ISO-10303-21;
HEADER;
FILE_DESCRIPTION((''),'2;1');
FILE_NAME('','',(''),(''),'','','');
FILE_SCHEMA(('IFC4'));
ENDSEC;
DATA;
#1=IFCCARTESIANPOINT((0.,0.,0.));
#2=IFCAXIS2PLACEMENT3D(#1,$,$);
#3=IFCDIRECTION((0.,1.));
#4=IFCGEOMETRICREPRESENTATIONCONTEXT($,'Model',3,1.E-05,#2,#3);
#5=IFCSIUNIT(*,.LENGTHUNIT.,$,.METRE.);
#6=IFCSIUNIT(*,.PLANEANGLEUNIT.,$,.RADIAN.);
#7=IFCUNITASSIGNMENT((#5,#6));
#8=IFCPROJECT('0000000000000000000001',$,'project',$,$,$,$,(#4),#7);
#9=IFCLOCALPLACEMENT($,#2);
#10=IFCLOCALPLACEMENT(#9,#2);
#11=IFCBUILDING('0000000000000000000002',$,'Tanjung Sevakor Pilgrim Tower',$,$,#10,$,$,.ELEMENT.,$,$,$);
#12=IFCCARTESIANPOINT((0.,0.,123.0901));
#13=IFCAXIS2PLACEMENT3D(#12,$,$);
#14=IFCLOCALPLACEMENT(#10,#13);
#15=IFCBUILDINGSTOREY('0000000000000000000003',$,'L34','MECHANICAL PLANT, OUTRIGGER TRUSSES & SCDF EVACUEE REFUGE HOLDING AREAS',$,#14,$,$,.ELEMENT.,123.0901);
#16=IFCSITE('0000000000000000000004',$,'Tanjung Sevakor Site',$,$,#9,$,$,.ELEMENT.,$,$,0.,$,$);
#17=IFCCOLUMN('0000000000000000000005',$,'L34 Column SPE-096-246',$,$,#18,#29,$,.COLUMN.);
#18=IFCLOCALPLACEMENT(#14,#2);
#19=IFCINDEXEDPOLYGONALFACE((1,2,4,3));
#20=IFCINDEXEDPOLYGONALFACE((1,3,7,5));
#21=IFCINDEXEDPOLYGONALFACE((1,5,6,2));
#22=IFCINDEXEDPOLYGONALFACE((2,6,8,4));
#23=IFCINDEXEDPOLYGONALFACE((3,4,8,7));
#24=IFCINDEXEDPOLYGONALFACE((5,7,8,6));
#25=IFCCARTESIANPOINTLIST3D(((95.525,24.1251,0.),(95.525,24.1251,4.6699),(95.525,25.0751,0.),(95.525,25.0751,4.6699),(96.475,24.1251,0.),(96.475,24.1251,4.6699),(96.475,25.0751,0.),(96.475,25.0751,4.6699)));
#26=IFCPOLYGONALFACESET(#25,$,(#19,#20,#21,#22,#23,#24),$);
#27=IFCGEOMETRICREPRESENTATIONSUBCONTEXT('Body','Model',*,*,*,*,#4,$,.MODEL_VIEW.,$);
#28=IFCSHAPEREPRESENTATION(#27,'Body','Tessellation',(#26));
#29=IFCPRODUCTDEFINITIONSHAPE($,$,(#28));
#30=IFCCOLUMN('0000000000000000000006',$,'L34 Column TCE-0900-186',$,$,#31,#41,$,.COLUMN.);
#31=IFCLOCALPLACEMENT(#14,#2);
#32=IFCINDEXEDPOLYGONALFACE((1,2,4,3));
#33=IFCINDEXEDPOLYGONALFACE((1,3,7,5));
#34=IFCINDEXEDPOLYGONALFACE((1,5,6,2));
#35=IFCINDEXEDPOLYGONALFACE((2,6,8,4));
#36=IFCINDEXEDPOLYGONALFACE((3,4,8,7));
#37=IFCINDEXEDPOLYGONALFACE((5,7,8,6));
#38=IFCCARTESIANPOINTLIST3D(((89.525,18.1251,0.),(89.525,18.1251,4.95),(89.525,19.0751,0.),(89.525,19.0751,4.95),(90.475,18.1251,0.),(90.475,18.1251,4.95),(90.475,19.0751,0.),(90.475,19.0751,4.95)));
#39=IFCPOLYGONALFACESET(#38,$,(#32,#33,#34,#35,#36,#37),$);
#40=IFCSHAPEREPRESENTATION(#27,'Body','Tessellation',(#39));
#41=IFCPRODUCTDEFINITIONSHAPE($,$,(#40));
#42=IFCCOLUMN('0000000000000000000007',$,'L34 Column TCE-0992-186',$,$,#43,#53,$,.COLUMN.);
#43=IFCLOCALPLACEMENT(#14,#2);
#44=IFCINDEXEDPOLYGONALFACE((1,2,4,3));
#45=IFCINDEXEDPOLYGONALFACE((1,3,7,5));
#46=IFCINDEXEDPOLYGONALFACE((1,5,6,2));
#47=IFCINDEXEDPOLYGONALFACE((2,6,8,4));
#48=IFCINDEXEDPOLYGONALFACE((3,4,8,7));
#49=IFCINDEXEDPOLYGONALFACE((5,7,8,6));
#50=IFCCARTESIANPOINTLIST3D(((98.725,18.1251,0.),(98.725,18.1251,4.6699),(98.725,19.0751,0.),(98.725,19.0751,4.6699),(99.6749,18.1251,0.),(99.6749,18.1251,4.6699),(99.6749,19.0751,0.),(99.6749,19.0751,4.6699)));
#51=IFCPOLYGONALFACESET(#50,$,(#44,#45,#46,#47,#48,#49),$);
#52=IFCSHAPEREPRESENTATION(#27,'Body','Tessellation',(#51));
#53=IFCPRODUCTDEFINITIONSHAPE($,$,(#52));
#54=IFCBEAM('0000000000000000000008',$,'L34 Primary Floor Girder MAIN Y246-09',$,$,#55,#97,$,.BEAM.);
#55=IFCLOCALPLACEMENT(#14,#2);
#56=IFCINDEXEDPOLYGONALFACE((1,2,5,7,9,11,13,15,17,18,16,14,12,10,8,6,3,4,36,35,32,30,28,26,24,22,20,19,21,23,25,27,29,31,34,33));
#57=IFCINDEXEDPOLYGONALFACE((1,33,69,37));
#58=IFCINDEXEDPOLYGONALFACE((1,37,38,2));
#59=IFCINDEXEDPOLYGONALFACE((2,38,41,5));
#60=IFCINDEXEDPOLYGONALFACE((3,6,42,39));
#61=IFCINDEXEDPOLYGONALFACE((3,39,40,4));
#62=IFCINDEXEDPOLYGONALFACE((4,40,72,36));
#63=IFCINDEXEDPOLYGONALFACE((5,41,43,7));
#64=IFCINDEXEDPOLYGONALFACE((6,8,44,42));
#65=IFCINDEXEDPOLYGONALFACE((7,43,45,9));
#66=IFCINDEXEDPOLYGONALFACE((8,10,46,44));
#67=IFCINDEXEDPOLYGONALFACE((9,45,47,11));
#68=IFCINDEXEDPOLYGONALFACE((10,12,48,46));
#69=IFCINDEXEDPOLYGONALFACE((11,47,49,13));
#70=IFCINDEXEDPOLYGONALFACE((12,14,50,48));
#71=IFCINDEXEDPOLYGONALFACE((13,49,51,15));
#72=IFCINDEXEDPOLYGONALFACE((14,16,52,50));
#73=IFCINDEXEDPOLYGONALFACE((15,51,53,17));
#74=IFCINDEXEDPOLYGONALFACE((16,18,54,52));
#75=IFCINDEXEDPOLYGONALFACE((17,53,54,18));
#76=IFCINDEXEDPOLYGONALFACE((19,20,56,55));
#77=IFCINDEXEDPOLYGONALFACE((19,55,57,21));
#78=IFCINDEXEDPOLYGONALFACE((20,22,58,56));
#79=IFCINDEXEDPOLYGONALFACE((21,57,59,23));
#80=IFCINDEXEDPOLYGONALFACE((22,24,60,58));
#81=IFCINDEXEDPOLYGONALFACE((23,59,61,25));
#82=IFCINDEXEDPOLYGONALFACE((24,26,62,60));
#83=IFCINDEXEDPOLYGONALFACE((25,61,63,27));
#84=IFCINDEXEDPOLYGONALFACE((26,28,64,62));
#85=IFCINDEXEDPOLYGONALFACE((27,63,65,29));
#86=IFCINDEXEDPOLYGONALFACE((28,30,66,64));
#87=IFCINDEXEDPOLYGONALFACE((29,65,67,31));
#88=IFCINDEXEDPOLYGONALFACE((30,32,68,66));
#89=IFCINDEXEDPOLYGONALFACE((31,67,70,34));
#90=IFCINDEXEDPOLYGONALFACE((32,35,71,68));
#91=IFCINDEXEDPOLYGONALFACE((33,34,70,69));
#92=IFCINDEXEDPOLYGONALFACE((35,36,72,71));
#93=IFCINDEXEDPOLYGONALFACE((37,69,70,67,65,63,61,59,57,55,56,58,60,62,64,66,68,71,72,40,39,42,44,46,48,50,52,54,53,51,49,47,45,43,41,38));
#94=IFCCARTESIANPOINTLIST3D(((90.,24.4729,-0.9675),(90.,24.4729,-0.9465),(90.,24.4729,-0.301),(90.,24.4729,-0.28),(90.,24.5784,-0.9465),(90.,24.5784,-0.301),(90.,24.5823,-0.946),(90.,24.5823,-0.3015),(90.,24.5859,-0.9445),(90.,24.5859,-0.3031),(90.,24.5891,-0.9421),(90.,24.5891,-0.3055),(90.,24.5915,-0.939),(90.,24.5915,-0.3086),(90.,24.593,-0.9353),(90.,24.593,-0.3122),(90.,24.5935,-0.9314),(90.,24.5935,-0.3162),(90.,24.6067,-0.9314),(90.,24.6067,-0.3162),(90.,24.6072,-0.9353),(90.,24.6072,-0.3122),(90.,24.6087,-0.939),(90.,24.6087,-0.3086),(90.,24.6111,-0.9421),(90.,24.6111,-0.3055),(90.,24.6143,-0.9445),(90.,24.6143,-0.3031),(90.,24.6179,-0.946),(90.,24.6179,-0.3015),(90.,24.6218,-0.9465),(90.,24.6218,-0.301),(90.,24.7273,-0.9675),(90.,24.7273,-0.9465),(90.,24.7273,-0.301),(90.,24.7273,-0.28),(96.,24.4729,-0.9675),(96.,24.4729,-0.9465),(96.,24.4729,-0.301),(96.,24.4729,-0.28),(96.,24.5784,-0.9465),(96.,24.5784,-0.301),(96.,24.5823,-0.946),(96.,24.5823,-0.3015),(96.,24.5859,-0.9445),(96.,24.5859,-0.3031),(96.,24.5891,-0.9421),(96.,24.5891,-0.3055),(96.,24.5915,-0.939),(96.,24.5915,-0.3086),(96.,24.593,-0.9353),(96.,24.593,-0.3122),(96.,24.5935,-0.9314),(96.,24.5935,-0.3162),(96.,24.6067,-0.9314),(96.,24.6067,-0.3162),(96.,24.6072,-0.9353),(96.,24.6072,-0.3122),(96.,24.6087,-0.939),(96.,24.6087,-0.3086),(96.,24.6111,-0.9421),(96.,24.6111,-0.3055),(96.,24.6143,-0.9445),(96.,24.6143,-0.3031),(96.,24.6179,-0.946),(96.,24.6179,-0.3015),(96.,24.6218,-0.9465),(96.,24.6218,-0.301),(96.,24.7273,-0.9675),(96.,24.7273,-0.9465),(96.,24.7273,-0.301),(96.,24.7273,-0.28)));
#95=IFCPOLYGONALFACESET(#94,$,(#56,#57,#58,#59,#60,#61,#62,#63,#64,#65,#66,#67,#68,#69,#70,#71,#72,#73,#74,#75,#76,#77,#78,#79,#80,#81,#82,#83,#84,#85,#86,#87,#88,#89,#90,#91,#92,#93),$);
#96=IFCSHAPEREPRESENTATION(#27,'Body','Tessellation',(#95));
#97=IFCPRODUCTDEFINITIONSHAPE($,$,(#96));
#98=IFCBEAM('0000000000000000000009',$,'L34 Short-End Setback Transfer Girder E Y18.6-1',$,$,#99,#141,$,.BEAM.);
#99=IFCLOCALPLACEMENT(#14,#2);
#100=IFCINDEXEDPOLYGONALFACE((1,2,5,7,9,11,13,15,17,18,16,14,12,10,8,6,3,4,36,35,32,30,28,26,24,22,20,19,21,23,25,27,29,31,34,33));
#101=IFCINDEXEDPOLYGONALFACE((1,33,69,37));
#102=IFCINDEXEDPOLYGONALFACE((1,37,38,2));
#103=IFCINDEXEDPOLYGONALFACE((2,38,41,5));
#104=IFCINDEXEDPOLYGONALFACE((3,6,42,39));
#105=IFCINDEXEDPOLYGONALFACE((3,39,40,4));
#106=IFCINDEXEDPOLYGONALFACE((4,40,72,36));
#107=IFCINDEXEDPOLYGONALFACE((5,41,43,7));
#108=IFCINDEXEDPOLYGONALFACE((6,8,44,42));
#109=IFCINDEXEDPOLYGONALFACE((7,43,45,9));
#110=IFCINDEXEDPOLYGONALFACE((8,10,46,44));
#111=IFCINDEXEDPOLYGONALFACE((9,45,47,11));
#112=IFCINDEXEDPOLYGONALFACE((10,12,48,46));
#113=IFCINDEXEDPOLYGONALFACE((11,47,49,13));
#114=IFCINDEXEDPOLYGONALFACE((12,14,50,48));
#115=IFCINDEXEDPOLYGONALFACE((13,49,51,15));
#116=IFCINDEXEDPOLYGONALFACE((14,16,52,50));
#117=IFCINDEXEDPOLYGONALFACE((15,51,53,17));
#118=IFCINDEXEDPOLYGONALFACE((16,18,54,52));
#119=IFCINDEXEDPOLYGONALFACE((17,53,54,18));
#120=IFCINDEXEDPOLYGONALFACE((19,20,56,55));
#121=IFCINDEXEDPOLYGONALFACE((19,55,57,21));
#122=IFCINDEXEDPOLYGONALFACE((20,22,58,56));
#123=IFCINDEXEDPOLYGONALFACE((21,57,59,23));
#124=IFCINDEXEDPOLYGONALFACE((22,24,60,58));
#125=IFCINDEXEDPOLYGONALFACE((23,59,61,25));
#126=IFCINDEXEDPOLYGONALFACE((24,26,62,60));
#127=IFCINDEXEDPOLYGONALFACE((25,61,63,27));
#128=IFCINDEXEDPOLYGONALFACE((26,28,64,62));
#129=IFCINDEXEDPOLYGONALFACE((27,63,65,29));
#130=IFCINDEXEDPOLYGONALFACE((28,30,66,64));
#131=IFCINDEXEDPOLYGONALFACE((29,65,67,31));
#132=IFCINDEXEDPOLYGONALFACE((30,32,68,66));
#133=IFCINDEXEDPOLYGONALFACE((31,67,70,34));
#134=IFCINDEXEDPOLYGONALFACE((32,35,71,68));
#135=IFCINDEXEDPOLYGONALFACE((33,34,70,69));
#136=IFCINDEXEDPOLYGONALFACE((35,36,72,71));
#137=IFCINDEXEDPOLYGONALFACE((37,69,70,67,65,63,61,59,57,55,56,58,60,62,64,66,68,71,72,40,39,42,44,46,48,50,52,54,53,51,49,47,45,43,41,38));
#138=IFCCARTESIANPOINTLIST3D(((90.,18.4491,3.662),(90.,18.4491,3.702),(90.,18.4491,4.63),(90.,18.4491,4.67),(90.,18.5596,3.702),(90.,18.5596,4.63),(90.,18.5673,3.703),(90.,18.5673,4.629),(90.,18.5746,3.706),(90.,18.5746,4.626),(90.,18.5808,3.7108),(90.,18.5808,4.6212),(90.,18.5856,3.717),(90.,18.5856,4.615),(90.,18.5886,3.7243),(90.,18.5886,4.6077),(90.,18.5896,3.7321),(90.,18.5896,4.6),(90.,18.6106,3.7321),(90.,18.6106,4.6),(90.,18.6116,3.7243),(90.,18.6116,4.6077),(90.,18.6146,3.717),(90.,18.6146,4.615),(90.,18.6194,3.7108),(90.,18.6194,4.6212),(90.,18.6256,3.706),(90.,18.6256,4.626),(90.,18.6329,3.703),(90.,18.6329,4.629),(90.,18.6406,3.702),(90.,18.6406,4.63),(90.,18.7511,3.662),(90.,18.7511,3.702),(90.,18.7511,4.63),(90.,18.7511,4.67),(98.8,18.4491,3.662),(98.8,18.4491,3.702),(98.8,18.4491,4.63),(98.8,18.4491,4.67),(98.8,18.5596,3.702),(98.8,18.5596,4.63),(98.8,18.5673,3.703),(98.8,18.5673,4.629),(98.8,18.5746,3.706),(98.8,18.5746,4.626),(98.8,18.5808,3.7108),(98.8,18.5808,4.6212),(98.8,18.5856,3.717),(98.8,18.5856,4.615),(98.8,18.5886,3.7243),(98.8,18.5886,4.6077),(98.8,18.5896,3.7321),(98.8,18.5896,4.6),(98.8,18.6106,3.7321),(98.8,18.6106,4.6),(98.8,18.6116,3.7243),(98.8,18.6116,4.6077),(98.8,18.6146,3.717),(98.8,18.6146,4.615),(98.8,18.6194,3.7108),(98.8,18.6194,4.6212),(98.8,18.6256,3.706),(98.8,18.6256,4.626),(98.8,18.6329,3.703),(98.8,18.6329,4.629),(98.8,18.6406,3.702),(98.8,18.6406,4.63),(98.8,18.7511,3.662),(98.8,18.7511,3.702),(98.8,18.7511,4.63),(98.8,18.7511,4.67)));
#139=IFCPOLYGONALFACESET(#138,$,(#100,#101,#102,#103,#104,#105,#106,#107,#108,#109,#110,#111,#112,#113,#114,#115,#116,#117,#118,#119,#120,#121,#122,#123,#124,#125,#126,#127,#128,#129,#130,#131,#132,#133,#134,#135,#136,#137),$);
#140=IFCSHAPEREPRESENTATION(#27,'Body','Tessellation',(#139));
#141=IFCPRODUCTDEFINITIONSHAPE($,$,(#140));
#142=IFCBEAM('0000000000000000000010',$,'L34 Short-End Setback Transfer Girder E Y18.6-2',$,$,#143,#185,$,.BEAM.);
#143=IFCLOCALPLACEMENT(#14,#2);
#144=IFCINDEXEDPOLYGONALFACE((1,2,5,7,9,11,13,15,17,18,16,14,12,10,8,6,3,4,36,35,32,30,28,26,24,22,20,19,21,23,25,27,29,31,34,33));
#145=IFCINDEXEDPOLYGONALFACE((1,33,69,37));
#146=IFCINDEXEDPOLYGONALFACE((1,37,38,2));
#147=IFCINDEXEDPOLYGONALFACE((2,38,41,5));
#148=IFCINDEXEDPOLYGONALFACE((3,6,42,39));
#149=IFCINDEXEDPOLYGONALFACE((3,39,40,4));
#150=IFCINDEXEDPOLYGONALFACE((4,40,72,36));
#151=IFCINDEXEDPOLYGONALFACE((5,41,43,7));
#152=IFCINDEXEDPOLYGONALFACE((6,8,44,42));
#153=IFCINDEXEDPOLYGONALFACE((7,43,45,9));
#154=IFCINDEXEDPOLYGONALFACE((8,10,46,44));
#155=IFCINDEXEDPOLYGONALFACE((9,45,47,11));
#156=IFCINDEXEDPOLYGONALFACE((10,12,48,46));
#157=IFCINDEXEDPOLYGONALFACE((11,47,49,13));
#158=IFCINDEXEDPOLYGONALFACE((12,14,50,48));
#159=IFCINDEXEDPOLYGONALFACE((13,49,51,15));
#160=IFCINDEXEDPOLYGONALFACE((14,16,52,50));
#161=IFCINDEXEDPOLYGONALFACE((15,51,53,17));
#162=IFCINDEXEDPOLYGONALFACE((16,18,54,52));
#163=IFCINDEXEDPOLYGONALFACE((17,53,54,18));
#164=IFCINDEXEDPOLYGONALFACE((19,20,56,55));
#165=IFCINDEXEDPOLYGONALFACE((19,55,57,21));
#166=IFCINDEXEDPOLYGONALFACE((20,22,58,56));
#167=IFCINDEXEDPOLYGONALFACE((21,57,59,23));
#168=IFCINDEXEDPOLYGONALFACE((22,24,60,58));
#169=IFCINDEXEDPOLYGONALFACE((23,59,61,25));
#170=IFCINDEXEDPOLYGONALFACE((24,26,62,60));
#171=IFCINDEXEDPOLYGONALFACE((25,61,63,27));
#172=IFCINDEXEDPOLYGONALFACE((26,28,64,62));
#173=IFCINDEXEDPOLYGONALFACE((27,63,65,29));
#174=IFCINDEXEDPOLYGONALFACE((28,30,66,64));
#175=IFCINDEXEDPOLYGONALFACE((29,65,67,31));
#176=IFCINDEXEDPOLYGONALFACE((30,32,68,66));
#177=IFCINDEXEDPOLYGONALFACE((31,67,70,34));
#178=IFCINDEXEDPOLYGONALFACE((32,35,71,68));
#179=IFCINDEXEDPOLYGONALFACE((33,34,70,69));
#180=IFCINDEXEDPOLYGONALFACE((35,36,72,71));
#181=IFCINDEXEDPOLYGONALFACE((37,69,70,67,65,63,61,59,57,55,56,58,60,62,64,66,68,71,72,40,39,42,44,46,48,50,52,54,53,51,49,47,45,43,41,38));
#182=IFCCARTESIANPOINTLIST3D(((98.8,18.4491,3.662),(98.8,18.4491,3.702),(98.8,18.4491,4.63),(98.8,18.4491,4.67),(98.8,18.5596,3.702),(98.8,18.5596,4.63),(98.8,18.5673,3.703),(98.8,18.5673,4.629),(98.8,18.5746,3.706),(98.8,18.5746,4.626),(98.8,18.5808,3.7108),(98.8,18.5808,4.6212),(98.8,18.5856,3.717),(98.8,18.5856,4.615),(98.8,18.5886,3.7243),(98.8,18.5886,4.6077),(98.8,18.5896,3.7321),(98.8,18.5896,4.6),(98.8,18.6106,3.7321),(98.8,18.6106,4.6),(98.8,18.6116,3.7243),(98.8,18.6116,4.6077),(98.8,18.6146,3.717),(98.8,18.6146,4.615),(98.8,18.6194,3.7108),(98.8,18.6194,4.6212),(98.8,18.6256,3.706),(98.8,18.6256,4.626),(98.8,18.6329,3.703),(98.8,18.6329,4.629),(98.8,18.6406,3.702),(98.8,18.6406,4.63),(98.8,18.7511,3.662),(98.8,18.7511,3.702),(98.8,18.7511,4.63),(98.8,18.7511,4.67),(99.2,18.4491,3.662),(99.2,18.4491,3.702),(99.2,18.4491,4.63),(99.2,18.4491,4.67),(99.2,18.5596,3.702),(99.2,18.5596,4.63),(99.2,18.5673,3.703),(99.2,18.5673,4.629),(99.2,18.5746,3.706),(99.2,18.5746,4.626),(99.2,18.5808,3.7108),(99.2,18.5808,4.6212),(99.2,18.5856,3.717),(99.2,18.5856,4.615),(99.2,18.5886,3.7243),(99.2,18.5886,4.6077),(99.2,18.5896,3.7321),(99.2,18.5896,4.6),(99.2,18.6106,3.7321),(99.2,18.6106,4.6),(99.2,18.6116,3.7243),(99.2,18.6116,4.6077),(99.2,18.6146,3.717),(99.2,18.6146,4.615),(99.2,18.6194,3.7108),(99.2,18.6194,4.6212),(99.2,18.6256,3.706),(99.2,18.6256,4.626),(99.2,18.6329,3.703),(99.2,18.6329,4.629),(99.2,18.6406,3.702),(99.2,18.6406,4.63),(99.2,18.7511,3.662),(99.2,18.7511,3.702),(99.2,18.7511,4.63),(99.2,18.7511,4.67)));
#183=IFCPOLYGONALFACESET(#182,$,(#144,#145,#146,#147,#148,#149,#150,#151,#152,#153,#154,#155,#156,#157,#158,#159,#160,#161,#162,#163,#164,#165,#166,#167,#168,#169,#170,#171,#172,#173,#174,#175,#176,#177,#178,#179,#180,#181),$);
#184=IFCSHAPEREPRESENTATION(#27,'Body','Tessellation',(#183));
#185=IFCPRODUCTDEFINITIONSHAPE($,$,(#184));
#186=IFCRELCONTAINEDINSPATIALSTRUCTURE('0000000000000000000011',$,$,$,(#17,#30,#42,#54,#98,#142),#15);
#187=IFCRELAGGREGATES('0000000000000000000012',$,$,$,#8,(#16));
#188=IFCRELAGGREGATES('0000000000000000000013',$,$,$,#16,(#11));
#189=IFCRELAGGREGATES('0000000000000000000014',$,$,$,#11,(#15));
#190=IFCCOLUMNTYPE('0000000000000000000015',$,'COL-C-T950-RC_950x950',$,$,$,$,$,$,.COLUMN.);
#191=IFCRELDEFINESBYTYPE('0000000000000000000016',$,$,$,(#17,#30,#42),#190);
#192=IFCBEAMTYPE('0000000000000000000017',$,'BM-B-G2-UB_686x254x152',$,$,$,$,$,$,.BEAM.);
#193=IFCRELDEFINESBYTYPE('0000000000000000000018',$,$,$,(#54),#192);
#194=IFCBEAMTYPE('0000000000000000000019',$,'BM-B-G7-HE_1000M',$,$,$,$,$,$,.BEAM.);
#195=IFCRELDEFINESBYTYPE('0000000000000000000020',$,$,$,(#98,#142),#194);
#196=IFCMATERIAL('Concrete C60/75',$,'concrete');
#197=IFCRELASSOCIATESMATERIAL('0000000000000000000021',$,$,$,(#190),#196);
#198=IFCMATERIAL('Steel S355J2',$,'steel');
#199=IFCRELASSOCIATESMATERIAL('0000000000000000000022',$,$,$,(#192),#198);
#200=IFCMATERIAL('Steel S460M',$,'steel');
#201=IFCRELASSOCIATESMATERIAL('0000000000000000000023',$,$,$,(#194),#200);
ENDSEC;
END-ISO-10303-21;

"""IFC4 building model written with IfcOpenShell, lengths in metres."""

from ifc_helpers import new_model, si_unit, direction, frame, origin, origin_2d, place, context, subcontext, project, spatial, rectangle, i_section, extrude, material, material_profile, profile_set, type_object, element, save


model = new_model("IFC4")

# Units and contexts
model_context = context("Model", 3, precision=1e-05, world=origin(), true_north=direction((0.0, 1.0)))
body_context = subcontext(model_context, "Body", "Model", "MODEL_VIEW")
ifc_project = project(units=[si_unit("LENGTHUNIT", "METRE"), si_unit("PLANEANGLEUNIT", "RADIAN")], contexts=[model_context])

# Site, building, storey
site_placement = place(None, origin())
site = spatial("IfcSite", under=ifc_project, at=site_placement, Name="Tanjung Sevakor Site", CompositionType="ELEMENT", RefElevation=0.0)
building_placement = place(site_placement, origin())
building = spatial("IfcBuilding", under=site, at=building_placement, Name="Tanjung Sevakor Pilgrim Tower", CompositionType="ELEMENT")
storey_placement = place(building_placement, frame((0.0, 0.0, 123.0901)))
storey = spatial("IfcBuildingStorey", under=building, at=storey_placement, Name="L34", Description="MECHANICAL PLANT, OUTRIGGER TRUSSES & SCDF EVACUEE REFUGE HOLDING AREAS", CompositionType="ELEMENT", Elevation=123.0901)

# Columns
ifc_material_1 = material(Name="Concrete C60/75", Category="concrete")
ifc_material_profile_1 = material_profile(ifc_material_1, rectangle(XDim=0.95, YDim=0.95, at=origin_2d()))
ifc_profile_set_1 = profile_set([ifc_material_profile_1], Name="Concrete C60/75")
column_type = type_object("IfcColumnType", Name="COL-C-T950-RC_950x950", PredefinedType="COLUMN", material=ifc_profile_set_1)
column_1_placement = place(storey_placement, frame((96.0, 24.6001, 0.0), z_axis=(0.0, 0.0, 1.0), x_axis=(1.0, 0.0, 0.0)))
element("IfcColumn", 1, at=column_1_placement, inside=storey, type_object=column_type, Name="L34 Column SPE-096-246", PredefinedType="COLUMN", context=body_context, shape_type="SweptSolid", body=[
    extrude(rectangle(XDim=0.95, YDim=0.95, at=origin_2d()), origin(), (0.0, 0.0, 1.0), 4.6699),
])
column_2_placement = place(storey_placement, frame((90.0, 18.6001, 0.0), z_axis=(0.0, 0.0, 1.0), x_axis=(1.0, 0.0, 0.0)))
element("IfcColumn", 2, at=column_2_placement, inside=storey, type_object=column_type, Name="L34 Column TCE-0900-186", PredefinedType="COLUMN", context=body_context, shape_type="SweptSolid", body=[
    extrude(rectangle(XDim=0.95, YDim=0.95, at=origin_2d()), origin(), (0.0, 0.0, 1.0), 4.95),
])
column_3_placement = place(storey_placement, frame((99.2, 18.6001, 0.0), z_axis=(0.0, 0.0, 1.0), x_axis=(1.0, 0.0, 0.0)))
element("IfcColumn", 3, at=column_3_placement, inside=storey, type_object=column_type, Name="L34 Column TCE-0992-186", PredefinedType="COLUMN", context=body_context, shape_type="SweptSolid", body=[
    extrude(rectangle(XDim=0.95, YDim=0.95, at=origin_2d()), origin(), (0.0, 0.0, 1.0), 4.6699),
])

# Beams
ifc_material_2 = material(Name="Steel S355J2", Category="steel")
ifc_material_profile_2 = material_profile(ifc_material_2, i_section(OverallWidth=0.2544, OverallDepth=0.6875, WebThickness=0.0132, FlangeThickness=0.021, FilletRadius=0.0151, at=origin_2d()))
ifc_profile_set_2 = profile_set([ifc_material_profile_2], Name="Steel S355J2")
beam_type_1 = type_object("IfcBeamType", Name="BM-B-G2-UB_686x254x152", PredefinedType="BEAM", material=ifc_profile_set_2)
beam_1_placement = place(storey_placement, frame((90.0, 24.6001, -0.6238), z_axis=(1.0, 0.0, 0.0), x_axis=(0.0, 1.0, 0.0)))
element("IfcBeam", 4, at=beam_1_placement, inside=storey, type_object=beam_type_1, Name="L34 Primary Floor Girder MAIN Y246-09", PredefinedType="BEAM", context=body_context, shape_type="SweptSolid", body=[
    extrude(i_section(OverallWidth=0.2544, OverallDepth=0.6875, WebThickness=0.0132, FlangeThickness=0.021, FilletRadius=0.0151, at=origin_2d()), origin(), (0.0, 0.0, 1.0), 6.0),
])
ifc_material_3 = material(Name="Steel S460M", Category="steel")
ifc_material_profile_3 = material_profile(ifc_material_3, i_section(OverallWidth=0.302, OverallDepth=1.0081, WebThickness=0.021, FlangeThickness=0.04, FilletRadius=0.03, at=origin_2d()))
ifc_profile_set_3 = profile_set([ifc_material_profile_3], Name="Steel S460M")
beam_type_2 = type_object("IfcBeamType", Name="BM-B-G7-HE_1000M", PredefinedType="BEAM", material=ifc_profile_set_3)
beam_2_placement = place(storey_placement, frame((90.0, 18.6001, 4.166), z_axis=(1.0, 0.0, 0.0), x_axis=(0.0, 1.0, 0.0)))
element("IfcBeam", 5, at=beam_2_placement, inside=storey, type_object=beam_type_2, Name="L34 Short-End Setback Transfer Girder E Y18.6-1", PredefinedType="BEAM", context=body_context, shape_type="SweptSolid", body=[
    extrude(i_section(OverallWidth=0.302, OverallDepth=1.0081, WebThickness=0.021, FlangeThickness=0.04, FilletRadius=0.03, at=origin_2d()), origin(), (0.0, 0.0, 1.0), 8.8),
])
beam_3_placement = place(storey_placement, frame((98.8, 18.6001, 4.166), z_axis=(1.0, 0.0, 0.0), x_axis=(0.0, 1.0, 0.0)))
element("IfcBeam", 6, at=beam_3_placement, inside=storey, type_object=beam_type_2, Name="L34 Short-End Setback Transfer Girder E Y18.6-2", PredefinedType="BEAM", context=body_context, shape_type="SweptSolid", body=[
    extrude(i_section(OverallWidth=0.302, OverallDepth=1.0081, WebThickness=0.021, FlangeThickness=0.04, FilletRadius=0.03, at=origin_2d()), origin(), (0.0, 0.0, 1.0), 0.3999),
])

save(model, "model.ifc")
